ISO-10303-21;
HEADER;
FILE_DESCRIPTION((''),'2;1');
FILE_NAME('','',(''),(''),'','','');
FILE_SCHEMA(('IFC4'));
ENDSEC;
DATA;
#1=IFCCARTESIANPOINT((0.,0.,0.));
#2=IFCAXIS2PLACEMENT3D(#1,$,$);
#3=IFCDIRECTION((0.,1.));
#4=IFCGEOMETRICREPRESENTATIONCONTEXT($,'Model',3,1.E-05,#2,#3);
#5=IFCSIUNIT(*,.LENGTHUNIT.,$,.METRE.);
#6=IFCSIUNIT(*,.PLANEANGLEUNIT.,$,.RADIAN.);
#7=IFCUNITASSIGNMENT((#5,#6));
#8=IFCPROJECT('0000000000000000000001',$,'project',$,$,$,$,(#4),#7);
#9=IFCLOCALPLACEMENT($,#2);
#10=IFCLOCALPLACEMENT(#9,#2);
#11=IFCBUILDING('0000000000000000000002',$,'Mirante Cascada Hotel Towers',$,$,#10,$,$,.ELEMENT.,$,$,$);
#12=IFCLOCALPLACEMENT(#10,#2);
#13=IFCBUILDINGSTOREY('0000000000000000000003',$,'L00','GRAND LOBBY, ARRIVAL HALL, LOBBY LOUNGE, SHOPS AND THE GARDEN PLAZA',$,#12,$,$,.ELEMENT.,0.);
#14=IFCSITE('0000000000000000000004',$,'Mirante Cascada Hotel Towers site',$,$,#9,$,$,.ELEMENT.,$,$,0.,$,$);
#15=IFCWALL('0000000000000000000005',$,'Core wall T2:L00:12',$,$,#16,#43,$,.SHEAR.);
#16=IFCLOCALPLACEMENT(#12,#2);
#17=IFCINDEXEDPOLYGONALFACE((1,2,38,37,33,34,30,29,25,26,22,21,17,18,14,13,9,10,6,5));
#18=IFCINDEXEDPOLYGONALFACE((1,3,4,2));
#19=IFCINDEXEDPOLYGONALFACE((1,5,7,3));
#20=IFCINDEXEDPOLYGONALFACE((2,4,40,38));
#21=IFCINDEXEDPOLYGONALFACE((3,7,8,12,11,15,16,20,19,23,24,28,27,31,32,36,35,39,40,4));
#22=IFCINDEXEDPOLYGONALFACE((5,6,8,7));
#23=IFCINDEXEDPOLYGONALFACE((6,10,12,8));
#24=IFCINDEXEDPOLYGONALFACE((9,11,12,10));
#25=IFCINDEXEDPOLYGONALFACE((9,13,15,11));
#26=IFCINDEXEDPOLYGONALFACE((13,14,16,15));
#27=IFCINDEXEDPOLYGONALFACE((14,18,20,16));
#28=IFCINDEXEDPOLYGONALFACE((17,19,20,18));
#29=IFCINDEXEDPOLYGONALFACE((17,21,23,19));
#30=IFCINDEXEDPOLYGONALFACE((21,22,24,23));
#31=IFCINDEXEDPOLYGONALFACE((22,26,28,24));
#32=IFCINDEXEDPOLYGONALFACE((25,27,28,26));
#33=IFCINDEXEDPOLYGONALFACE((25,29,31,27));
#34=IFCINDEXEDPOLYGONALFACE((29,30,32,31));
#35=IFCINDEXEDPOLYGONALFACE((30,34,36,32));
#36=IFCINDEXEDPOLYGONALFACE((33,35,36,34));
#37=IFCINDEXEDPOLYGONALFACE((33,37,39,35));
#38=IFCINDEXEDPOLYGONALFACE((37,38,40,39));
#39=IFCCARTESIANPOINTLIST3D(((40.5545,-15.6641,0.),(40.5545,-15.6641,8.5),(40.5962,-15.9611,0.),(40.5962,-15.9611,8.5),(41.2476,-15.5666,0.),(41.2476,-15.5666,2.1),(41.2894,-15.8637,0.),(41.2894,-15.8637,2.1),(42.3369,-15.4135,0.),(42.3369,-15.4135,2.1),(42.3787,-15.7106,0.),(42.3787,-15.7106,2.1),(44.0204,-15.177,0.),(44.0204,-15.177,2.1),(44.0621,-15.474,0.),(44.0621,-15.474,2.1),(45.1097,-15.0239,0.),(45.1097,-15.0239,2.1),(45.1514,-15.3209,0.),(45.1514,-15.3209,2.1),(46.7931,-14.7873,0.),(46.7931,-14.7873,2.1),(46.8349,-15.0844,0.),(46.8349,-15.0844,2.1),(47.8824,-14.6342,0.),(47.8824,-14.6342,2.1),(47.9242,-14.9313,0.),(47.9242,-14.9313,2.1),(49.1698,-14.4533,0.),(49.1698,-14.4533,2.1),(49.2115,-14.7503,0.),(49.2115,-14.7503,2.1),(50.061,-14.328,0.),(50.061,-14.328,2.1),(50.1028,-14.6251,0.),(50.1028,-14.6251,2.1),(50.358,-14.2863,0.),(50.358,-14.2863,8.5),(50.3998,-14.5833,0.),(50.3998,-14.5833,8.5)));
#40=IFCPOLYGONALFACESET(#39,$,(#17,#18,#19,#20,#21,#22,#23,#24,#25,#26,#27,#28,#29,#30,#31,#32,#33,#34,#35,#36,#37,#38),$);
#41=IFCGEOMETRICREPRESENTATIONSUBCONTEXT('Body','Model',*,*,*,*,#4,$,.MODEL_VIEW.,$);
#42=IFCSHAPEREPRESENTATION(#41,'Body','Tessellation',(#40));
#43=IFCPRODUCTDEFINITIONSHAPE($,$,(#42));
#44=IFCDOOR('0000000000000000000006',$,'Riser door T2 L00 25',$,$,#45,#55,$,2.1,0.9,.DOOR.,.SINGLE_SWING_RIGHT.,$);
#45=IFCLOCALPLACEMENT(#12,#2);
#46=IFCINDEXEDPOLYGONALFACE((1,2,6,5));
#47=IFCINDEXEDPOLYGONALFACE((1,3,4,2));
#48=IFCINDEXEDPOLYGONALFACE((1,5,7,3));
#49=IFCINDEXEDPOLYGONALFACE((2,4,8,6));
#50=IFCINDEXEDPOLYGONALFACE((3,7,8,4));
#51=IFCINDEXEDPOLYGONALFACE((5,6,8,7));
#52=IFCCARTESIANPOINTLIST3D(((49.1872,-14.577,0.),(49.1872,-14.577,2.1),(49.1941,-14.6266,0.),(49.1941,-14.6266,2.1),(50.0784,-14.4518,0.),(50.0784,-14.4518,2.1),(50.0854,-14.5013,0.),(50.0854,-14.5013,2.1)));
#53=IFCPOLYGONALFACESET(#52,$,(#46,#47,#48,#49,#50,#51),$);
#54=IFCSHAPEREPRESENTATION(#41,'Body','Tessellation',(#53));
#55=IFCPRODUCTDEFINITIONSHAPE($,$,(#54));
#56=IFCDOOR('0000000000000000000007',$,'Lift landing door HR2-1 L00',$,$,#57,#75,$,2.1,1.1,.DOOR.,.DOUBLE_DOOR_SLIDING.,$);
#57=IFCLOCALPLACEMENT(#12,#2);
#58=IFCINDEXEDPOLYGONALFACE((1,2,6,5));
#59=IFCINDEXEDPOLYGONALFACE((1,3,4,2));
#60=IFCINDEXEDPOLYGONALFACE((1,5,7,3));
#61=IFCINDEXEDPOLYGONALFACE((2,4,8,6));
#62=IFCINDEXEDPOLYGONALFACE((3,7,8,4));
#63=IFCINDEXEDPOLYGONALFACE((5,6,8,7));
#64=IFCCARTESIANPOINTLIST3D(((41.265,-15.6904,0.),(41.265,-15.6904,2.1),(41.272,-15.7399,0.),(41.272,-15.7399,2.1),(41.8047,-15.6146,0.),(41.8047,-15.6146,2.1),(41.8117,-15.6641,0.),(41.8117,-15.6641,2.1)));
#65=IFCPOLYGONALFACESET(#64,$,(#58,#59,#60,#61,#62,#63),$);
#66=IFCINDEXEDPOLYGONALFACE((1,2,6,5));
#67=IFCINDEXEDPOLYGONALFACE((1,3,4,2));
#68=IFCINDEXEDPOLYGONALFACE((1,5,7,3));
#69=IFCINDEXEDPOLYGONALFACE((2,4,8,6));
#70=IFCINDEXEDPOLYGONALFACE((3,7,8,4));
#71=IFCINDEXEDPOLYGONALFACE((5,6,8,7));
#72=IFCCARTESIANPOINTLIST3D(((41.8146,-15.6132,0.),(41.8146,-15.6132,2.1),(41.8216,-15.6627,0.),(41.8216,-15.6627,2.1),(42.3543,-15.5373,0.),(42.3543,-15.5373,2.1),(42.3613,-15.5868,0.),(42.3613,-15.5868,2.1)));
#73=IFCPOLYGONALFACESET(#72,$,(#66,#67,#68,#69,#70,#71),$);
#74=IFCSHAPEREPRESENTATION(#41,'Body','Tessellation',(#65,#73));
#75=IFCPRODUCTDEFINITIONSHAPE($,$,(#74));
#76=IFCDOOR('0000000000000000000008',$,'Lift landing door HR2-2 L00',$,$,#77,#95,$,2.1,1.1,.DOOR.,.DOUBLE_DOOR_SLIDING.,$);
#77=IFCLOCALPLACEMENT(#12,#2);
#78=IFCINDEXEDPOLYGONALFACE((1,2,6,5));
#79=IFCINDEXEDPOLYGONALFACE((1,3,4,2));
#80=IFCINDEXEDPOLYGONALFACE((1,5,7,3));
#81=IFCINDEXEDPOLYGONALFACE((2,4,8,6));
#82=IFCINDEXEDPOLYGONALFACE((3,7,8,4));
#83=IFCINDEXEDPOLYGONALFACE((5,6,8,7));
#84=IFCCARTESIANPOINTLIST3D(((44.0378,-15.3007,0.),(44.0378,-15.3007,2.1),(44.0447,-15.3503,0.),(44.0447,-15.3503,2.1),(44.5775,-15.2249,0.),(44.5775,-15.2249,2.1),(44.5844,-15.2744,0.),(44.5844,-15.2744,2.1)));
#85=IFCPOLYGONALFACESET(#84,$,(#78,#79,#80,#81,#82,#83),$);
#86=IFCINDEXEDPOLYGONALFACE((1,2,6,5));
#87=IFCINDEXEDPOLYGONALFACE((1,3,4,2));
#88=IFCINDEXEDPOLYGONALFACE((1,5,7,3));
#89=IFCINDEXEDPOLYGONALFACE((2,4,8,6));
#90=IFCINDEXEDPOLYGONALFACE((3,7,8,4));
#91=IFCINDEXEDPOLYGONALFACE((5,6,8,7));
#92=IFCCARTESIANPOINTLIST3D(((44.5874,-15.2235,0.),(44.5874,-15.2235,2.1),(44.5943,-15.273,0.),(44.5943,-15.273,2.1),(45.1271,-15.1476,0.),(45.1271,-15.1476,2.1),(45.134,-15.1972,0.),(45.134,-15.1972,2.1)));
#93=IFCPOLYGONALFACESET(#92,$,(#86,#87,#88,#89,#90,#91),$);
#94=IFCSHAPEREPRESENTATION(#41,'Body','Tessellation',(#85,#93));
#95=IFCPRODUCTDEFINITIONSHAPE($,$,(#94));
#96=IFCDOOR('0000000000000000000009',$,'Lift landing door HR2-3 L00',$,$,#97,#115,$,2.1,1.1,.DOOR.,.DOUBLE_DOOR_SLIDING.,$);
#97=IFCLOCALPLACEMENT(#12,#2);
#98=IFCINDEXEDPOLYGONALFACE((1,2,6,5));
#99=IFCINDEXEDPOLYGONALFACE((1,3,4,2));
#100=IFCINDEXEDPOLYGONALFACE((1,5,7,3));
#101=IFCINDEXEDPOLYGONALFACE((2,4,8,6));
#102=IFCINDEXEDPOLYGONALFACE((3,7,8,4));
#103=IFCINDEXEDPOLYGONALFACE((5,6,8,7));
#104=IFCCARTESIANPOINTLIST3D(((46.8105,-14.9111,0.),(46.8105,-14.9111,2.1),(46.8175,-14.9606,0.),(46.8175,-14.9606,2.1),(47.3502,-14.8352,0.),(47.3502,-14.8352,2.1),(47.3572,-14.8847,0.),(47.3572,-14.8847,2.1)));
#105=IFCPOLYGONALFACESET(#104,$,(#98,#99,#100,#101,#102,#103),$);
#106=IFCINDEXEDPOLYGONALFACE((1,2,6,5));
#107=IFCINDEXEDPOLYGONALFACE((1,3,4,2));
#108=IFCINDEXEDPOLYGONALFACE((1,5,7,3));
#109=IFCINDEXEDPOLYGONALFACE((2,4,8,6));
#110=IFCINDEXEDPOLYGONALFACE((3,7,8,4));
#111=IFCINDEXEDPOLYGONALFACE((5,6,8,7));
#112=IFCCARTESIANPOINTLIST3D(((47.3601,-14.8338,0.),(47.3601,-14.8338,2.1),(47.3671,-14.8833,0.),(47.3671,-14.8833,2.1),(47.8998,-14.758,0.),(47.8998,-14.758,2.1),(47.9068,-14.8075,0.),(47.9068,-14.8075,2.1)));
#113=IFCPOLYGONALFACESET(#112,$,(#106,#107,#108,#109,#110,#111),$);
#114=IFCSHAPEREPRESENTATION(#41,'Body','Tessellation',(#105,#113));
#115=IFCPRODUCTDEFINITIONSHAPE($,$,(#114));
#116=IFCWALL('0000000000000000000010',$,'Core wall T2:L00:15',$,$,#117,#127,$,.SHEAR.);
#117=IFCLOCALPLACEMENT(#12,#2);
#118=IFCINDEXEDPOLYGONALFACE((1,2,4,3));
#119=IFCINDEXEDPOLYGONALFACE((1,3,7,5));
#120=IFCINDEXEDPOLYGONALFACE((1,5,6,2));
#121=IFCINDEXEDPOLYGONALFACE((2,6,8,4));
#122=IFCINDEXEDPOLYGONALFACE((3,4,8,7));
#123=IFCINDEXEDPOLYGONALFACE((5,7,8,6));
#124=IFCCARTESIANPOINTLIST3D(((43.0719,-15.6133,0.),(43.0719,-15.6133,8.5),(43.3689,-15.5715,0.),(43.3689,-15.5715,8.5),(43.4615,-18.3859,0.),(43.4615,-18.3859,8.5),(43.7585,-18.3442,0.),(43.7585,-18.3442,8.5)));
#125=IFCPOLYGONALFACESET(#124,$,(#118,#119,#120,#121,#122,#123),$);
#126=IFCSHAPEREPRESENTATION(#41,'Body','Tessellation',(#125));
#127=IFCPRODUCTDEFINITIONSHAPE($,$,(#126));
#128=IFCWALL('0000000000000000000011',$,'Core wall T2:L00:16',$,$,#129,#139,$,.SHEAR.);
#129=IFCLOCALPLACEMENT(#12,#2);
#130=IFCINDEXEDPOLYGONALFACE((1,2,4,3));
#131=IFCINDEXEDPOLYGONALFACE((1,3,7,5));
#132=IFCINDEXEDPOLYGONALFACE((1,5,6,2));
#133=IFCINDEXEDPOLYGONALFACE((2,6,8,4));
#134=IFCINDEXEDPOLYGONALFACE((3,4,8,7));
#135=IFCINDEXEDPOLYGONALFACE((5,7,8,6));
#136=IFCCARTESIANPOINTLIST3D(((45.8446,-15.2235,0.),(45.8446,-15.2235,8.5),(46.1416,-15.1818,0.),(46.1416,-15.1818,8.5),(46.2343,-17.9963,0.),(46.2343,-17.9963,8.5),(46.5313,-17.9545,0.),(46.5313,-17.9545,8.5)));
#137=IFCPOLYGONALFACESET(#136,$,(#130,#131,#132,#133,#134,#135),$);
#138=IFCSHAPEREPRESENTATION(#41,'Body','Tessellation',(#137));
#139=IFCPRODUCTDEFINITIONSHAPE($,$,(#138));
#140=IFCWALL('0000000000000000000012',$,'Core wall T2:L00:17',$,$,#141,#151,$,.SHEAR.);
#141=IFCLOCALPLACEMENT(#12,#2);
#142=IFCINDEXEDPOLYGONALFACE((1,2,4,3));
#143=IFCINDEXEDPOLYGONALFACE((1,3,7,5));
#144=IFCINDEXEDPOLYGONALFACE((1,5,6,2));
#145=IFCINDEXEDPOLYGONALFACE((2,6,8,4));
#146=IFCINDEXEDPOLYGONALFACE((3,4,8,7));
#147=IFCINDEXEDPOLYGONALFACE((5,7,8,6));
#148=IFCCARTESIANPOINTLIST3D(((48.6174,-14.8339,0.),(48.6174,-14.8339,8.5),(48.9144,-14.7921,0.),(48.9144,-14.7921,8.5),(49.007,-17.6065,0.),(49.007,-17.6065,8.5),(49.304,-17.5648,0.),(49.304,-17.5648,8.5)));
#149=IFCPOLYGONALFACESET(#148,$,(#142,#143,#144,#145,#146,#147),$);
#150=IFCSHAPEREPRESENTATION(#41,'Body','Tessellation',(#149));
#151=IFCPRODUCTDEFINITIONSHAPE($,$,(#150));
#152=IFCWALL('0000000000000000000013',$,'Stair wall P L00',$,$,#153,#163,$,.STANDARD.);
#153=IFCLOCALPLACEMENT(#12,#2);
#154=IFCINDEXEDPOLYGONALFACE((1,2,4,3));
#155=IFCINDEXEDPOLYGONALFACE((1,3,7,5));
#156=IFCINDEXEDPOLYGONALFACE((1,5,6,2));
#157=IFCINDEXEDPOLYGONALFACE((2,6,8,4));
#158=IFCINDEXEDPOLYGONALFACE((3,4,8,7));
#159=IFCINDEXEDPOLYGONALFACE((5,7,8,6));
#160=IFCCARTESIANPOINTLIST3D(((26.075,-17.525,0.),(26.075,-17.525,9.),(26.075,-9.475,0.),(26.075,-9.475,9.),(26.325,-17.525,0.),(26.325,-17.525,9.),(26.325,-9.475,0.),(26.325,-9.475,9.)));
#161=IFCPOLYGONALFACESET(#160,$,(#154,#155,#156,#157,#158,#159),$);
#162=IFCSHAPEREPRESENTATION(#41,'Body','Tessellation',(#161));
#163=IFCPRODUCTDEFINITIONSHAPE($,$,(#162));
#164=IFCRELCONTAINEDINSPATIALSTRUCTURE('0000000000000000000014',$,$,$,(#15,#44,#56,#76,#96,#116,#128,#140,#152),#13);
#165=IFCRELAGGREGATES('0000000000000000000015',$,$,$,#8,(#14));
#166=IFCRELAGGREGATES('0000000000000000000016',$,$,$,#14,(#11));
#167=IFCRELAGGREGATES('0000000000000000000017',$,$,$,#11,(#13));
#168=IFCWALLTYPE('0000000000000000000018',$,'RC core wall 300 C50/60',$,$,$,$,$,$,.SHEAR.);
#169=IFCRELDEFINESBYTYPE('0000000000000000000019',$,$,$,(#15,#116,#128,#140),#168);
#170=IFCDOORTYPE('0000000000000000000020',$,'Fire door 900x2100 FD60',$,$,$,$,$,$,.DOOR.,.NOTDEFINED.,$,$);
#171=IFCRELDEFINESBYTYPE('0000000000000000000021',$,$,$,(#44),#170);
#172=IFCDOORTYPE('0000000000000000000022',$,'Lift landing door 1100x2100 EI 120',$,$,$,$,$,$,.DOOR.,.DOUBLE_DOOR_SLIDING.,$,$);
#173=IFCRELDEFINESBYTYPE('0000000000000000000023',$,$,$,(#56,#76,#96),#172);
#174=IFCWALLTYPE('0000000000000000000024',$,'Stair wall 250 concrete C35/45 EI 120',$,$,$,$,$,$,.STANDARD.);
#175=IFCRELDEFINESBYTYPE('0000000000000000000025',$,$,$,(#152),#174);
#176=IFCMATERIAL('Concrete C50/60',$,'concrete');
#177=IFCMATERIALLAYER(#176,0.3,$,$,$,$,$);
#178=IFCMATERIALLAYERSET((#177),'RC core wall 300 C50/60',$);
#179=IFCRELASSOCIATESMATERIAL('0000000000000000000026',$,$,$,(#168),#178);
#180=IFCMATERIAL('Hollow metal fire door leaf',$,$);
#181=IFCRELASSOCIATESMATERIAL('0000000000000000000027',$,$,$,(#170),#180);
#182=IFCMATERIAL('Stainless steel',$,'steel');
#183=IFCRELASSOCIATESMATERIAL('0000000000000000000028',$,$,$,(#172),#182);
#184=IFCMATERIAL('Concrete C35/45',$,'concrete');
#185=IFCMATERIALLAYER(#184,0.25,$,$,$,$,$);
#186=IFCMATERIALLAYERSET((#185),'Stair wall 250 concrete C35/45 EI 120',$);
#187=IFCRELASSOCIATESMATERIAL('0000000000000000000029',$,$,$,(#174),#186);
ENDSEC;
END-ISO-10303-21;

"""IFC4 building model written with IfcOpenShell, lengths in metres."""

from ifc_helpers import new_model, si_unit, direction, frame, frame_2d, origin, place, context, subcontext, project, spatial, rectangle, extrude, material, layer, layer_set, type_object, element, fill, save


model = new_model("IFC4")

# Units and contexts
model_context = context("Model", 3, precision=1e-05, world=origin(), true_north=direction((0.0, 1.0)))
body_context = subcontext(model_context, "Body", "Model", "MODEL_VIEW")
ifc_project = project(units=[si_unit("LENGTHUNIT", "METRE"), si_unit("PLANEANGLEUNIT", "RADIAN")], contexts=[model_context])

# Site, building, storey
site_placement = place(None, origin())
site = spatial("IfcSite", under=ifc_project, at=site_placement, Name="Mirante Cascada Hotel Towers site", CompositionType="ELEMENT", RefElevation=0.0)
building_placement = place(site_placement, origin())
building = spatial("IfcBuilding", under=site, at=building_placement, Name="Mirante Cascada Hotel Towers", CompositionType="ELEMENT")
storey_placement = place(building_placement, origin())
storey = spatial("IfcBuildingStorey", under=building, at=storey_placement, Name="L00", Description="GRAND LOBBY, ARRIVAL HALL, LOBBY LOUNGE, SHOPS AND THE GARDEN PLAZA", CompositionType="ELEMENT", Elevation=0.0)

# Shared definitions
ifc_material_1 = material(Name="Concrete C50/60", Category="concrete")
ifc_layer_1 = layer(ifc_material_1, 0.3)
ifc_layer_set_1 = layer_set([ifc_layer_1], Name="RC core wall 300 C50/60")
wall_type_1 = type_object("IfcWallType", Name="RC core wall 300 C50/60", PredefinedType="SHEAR", material=ifc_layer_set_1)

# Wall, openings, doors
wall_1_placement = place(storey_placement, frame((40.5753, -15.8126, 0.0), z_axis=(0.0, 0.0, 1.0), x_axis=(0.990268, 0.139173, 0.0)))
wall_1 = element("IfcWall", 1, at=wall_1_placement, inside=storey, type_object=wall_type_1, Name="Core wall T2:L00:12", PredefinedType="SHEAR", context=body_context, shape_type="SweptSolid", body=[
    extrude(rectangle(XDim=9.8999, YDim=0.3, at=frame_2d((4.95, 0.0))), origin(), (0.0, 0.0, 1.0), 8.5),
])
opening_1_placement = place(wall_1_placement, frame((0.7, 0.0, 0.0)))
opening_1 = element("IfcOpeningElement", 2, at=opening_1_placement, cuts=wall_1, PredefinedType="OPENING", context=body_context, shape_type="SweptSolid", body=[
    extrude(rectangle(XDim=1.1, YDim=2.1, at=frame_2d((0.55, 1.05))), frame((0.0, 0.15, 0.0), z_axis=(0.0, -1.0, 0.0), x_axis=(1.0, 0.0, 0.0)), (0.0, 0.0, 1.0), 0.3),
])
opening_2_placement = place(wall_1_placement, frame((3.5, 0.0, 0.0)))
opening_2 = element("IfcOpeningElement", 3, at=opening_2_placement, cuts=wall_1, PredefinedType="OPENING", context=body_context, shape_type="SweptSolid", body=[
    extrude(rectangle(XDim=1.1, YDim=2.1, at=frame_2d((0.55, 1.05))), frame((0.0, 0.15, 0.0), z_axis=(0.0, -1.0, 0.0), x_axis=(1.0, 0.0, 0.0)), (0.0, 0.0, 1.0), 0.3),
])
opening_3_placement = place(wall_1_placement, frame((6.3, 0.0, 0.0)))
opening_3 = element("IfcOpeningElement", 4, at=opening_3_placement, cuts=wall_1, PredefinedType="OPENING", context=body_context, shape_type="SweptSolid", body=[
    extrude(rectangle(XDim=1.1, YDim=2.1, at=frame_2d((0.55, 1.05))), frame((0.0, 0.15, 0.0), z_axis=(0.0, -1.0, 0.0), x_axis=(1.0, 0.0, 0.0)), (0.0, 0.0, 1.0), 0.3),
])
opening_4_placement = place(wall_1_placement, frame((8.7, 0.0, 0.0)))
opening_4 = element("IfcOpeningElement", 5, at=opening_4_placement, cuts=wall_1, PredefinedType="OPENING", context=body_context, shape_type="SweptSolid", body=[
    extrude(rectangle(XDim=0.9, YDim=2.1, at=frame_2d((0.45, 1.05))), frame((0.0, 0.15, 0.0), z_axis=(0.0, -1.0, 0.0), x_axis=(1.0, 0.0, 0.0)), (0.0, 0.0, 1.0), 0.3),
])
ifc_material_2 = material(Name="Hollow metal fire door leaf")
door_type_1 = type_object("IfcDoorType", Name="Fire door 900x2100 FD60", OperationType="NOTDEFINED", PredefinedType="DOOR", material=ifc_material_2)
door_1_placement = place(opening_4_placement, frame((0.9, 0.0, 0.0), z_axis=(0.0, 0.0, 1.0), x_axis=(-1.0, 0.0, 0.0)))
door_1 = element("IfcDoor", 6, at=door_1_placement, inside=storey, type_object=door_type_1, Name="Riser door T2 L00 25", OperationType="SINGLE_SWING_RIGHT", OverallHeight=2.1, OverallWidth=0.9, PredefinedType="DOOR", context=body_context, shape_type="SweptSolid", body=[
    extrude(rectangle(XDim=0.9, YDim=2.1, at=frame_2d((0.45, 1.05))), frame((0.0, 0.025, 0.0), z_axis=(0.0, -1.0, 0.0), x_axis=(1.0, 0.0, 0.0)), (0.0, 0.0, 1.0), 0.05),
])
fill(opening_4, door_1)
ifc_material_3 = material(Name="Stainless steel", Category="steel")
door_type_2 = type_object("IfcDoorType", Name="Lift landing door 1100x2100 EI 120", OperationType="DOUBLE_DOOR_SLIDING", PredefinedType="DOOR", material=ifc_material_3)
door_2_placement = place(opening_1_placement, origin())
door_2 = element("IfcDoor", 7, at=door_2_placement, inside=storey, type_object=door_type_2, Name="Lift landing door HR2-1 L00", OperationType="DOUBLE_DOOR_SLIDING", OverallHeight=2.1, OverallWidth=1.1, PredefinedType="DOOR", context=body_context, shape_type="SweptSolid", body=[
    extrude(rectangle(XDim=0.545, YDim=2.1, at=frame_2d((0.2725, 1.05))), frame((0.0, 0.025, 0.0), z_axis=(0.0, -1.0, 0.0), x_axis=(1.0, 0.0, 0.0)), (0.0, 0.0, 1.0), 0.05),
    extrude(rectangle(XDim=0.545, YDim=2.1, at=frame_2d((0.8275, 1.05))), frame((0.0, 0.025, 0.0), z_axis=(0.0, -1.0, 0.0), x_axis=(1.0, 0.0, 0.0)), (0.0, 0.0, 1.0), 0.05),
])
fill(opening_1, door_2)
door_3_placement = place(opening_2_placement, origin())
door_3 = element("IfcDoor", 8, at=door_3_placement, inside=storey, type_object=door_type_2, Name="Lift landing door HR2-2 L00", OperationType="DOUBLE_DOOR_SLIDING", OverallHeight=2.1, OverallWidth=1.1, PredefinedType="DOOR", context=body_context, shape_type="SweptSolid", body=[
    extrude(rectangle(XDim=0.545, YDim=2.1, at=frame_2d((0.2725, 1.05))), frame((0.0, 0.025, 0.0), z_axis=(0.0, -1.0, 0.0), x_axis=(1.0, 0.0, 0.0)), (0.0, 0.0, 1.0), 0.05),
    extrude(rectangle(XDim=0.545, YDim=2.1, at=frame_2d((0.8275, 1.05))), frame((0.0, 0.025, 0.0), z_axis=(0.0, -1.0, 0.0), x_axis=(1.0, 0.0, 0.0)), (0.0, 0.0, 1.0), 0.05),
])
fill(opening_2, door_3)
door_4_placement = place(opening_3_placement, origin())
door_4 = element("IfcDoor", 9, at=door_4_placement, inside=storey, type_object=door_type_2, Name="Lift landing door HR2-3 L00", OperationType="DOUBLE_DOOR_SLIDING", OverallHeight=2.1, OverallWidth=1.1, PredefinedType="DOOR", context=body_context, shape_type="SweptSolid", body=[
    extrude(rectangle(XDim=0.545, YDim=2.1, at=frame_2d((0.2725, 1.05))), frame((0.0, 0.025, 0.0), z_axis=(0.0, -1.0, 0.0), x_axis=(1.0, 0.0, 0.0)), (0.0, 0.0, 1.0), 0.05),
    extrude(rectangle(XDim=0.545, YDim=2.1, at=frame_2d((0.8275, 1.05))), frame((0.0, 0.025, 0.0), z_axis=(0.0, -1.0, 0.0), x_axis=(1.0, 0.0, 0.0)), (0.0, 0.0, 1.0), 0.05),
])
fill(opening_3, door_4)

# Walls
wall_2_placement = place(storey_placement, frame((43.61, -18.3651, 0.0), z_axis=(0.0, 0.0, 1.0), x_axis=(-0.139146, 0.990272, 0.0)))
element("IfcWall", 10, at=wall_2_placement, inside=storey, type_object=wall_type_1, Name="Core wall T2:L00:15", PredefinedType="SHEAR", context=body_context, shape_type="SweptSolid", body=[
    extrude(rectangle(XDim=2.7999, YDim=0.3, at=frame_2d((1.4, 0.0))), origin(), (0.0, 0.0, 1.0), 8.5),
])
wall_3_placement = place(storey_placement, frame((46.3828, -17.9754, 0.0), z_axis=(0.0, 0.0, 1.0), x_axis=(-0.139181, 0.990267, 0.0)))
element("IfcWall", 11, at=wall_3_placement, inside=storey, type_object=wall_type_1, Name="Core wall T2:L00:16", PredefinedType="SHEAR", context=body_context, shape_type="SweptSolid", body=[
    extrude(rectangle(XDim=2.8, YDim=0.3, at=frame_2d((1.4, 0.0))), origin(), (0.0, 0.0, 1.0), 8.5),
])
wall_4_placement = place(storey_placement, frame((49.1555, -17.5857, 0.0), z_axis=(0.0, 0.0, 1.0), x_axis=(-0.139146, 0.990272, 0.0)))
element("IfcWall", 12, at=wall_4_placement, inside=storey, type_object=wall_type_1, Name="Core wall T2:L00:17", PredefinedType="SHEAR", context=body_context, shape_type="SweptSolid", body=[
    extrude(rectangle(XDim=2.7999, YDim=0.3, at=frame_2d((1.4, 0.0))), origin(), (0.0, 0.0, 1.0), 8.5),
])
ifc_material_4 = material(Name="Concrete C35/45", Category="concrete")
ifc_layer_2 = layer(ifc_material_4, 0.25)
ifc_layer_set_2 = layer_set([ifc_layer_2], Name="Stair wall 250 concrete C35/45 EI 120")
wall_type_2 = type_object("IfcWallType", Name="Stair wall 250 concrete C35/45 EI 120", PredefinedType="STANDARD", material=ifc_layer_set_2)
wall_5_placement = place(storey_placement, frame((26.2, -17.525, 0.0), z_axis=(0.0, 0.0, 1.0), x_axis=(0.0, 1.0, 0.0)))
element("IfcWall", 13, at=wall_5_placement, inside=storey, type_object=wall_type_2, Name="Stair wall P L00", PredefinedType="STANDARD", context=body_context, shape_type="SweptSolid", body=[
    extrude(rectangle(XDim=8.05, YDim=0.25, at=frame_2d((4.025, 0.0))), origin(), (0.0, 0.0, 1.0), 9.0),
])

save(model, "model.ifc")
